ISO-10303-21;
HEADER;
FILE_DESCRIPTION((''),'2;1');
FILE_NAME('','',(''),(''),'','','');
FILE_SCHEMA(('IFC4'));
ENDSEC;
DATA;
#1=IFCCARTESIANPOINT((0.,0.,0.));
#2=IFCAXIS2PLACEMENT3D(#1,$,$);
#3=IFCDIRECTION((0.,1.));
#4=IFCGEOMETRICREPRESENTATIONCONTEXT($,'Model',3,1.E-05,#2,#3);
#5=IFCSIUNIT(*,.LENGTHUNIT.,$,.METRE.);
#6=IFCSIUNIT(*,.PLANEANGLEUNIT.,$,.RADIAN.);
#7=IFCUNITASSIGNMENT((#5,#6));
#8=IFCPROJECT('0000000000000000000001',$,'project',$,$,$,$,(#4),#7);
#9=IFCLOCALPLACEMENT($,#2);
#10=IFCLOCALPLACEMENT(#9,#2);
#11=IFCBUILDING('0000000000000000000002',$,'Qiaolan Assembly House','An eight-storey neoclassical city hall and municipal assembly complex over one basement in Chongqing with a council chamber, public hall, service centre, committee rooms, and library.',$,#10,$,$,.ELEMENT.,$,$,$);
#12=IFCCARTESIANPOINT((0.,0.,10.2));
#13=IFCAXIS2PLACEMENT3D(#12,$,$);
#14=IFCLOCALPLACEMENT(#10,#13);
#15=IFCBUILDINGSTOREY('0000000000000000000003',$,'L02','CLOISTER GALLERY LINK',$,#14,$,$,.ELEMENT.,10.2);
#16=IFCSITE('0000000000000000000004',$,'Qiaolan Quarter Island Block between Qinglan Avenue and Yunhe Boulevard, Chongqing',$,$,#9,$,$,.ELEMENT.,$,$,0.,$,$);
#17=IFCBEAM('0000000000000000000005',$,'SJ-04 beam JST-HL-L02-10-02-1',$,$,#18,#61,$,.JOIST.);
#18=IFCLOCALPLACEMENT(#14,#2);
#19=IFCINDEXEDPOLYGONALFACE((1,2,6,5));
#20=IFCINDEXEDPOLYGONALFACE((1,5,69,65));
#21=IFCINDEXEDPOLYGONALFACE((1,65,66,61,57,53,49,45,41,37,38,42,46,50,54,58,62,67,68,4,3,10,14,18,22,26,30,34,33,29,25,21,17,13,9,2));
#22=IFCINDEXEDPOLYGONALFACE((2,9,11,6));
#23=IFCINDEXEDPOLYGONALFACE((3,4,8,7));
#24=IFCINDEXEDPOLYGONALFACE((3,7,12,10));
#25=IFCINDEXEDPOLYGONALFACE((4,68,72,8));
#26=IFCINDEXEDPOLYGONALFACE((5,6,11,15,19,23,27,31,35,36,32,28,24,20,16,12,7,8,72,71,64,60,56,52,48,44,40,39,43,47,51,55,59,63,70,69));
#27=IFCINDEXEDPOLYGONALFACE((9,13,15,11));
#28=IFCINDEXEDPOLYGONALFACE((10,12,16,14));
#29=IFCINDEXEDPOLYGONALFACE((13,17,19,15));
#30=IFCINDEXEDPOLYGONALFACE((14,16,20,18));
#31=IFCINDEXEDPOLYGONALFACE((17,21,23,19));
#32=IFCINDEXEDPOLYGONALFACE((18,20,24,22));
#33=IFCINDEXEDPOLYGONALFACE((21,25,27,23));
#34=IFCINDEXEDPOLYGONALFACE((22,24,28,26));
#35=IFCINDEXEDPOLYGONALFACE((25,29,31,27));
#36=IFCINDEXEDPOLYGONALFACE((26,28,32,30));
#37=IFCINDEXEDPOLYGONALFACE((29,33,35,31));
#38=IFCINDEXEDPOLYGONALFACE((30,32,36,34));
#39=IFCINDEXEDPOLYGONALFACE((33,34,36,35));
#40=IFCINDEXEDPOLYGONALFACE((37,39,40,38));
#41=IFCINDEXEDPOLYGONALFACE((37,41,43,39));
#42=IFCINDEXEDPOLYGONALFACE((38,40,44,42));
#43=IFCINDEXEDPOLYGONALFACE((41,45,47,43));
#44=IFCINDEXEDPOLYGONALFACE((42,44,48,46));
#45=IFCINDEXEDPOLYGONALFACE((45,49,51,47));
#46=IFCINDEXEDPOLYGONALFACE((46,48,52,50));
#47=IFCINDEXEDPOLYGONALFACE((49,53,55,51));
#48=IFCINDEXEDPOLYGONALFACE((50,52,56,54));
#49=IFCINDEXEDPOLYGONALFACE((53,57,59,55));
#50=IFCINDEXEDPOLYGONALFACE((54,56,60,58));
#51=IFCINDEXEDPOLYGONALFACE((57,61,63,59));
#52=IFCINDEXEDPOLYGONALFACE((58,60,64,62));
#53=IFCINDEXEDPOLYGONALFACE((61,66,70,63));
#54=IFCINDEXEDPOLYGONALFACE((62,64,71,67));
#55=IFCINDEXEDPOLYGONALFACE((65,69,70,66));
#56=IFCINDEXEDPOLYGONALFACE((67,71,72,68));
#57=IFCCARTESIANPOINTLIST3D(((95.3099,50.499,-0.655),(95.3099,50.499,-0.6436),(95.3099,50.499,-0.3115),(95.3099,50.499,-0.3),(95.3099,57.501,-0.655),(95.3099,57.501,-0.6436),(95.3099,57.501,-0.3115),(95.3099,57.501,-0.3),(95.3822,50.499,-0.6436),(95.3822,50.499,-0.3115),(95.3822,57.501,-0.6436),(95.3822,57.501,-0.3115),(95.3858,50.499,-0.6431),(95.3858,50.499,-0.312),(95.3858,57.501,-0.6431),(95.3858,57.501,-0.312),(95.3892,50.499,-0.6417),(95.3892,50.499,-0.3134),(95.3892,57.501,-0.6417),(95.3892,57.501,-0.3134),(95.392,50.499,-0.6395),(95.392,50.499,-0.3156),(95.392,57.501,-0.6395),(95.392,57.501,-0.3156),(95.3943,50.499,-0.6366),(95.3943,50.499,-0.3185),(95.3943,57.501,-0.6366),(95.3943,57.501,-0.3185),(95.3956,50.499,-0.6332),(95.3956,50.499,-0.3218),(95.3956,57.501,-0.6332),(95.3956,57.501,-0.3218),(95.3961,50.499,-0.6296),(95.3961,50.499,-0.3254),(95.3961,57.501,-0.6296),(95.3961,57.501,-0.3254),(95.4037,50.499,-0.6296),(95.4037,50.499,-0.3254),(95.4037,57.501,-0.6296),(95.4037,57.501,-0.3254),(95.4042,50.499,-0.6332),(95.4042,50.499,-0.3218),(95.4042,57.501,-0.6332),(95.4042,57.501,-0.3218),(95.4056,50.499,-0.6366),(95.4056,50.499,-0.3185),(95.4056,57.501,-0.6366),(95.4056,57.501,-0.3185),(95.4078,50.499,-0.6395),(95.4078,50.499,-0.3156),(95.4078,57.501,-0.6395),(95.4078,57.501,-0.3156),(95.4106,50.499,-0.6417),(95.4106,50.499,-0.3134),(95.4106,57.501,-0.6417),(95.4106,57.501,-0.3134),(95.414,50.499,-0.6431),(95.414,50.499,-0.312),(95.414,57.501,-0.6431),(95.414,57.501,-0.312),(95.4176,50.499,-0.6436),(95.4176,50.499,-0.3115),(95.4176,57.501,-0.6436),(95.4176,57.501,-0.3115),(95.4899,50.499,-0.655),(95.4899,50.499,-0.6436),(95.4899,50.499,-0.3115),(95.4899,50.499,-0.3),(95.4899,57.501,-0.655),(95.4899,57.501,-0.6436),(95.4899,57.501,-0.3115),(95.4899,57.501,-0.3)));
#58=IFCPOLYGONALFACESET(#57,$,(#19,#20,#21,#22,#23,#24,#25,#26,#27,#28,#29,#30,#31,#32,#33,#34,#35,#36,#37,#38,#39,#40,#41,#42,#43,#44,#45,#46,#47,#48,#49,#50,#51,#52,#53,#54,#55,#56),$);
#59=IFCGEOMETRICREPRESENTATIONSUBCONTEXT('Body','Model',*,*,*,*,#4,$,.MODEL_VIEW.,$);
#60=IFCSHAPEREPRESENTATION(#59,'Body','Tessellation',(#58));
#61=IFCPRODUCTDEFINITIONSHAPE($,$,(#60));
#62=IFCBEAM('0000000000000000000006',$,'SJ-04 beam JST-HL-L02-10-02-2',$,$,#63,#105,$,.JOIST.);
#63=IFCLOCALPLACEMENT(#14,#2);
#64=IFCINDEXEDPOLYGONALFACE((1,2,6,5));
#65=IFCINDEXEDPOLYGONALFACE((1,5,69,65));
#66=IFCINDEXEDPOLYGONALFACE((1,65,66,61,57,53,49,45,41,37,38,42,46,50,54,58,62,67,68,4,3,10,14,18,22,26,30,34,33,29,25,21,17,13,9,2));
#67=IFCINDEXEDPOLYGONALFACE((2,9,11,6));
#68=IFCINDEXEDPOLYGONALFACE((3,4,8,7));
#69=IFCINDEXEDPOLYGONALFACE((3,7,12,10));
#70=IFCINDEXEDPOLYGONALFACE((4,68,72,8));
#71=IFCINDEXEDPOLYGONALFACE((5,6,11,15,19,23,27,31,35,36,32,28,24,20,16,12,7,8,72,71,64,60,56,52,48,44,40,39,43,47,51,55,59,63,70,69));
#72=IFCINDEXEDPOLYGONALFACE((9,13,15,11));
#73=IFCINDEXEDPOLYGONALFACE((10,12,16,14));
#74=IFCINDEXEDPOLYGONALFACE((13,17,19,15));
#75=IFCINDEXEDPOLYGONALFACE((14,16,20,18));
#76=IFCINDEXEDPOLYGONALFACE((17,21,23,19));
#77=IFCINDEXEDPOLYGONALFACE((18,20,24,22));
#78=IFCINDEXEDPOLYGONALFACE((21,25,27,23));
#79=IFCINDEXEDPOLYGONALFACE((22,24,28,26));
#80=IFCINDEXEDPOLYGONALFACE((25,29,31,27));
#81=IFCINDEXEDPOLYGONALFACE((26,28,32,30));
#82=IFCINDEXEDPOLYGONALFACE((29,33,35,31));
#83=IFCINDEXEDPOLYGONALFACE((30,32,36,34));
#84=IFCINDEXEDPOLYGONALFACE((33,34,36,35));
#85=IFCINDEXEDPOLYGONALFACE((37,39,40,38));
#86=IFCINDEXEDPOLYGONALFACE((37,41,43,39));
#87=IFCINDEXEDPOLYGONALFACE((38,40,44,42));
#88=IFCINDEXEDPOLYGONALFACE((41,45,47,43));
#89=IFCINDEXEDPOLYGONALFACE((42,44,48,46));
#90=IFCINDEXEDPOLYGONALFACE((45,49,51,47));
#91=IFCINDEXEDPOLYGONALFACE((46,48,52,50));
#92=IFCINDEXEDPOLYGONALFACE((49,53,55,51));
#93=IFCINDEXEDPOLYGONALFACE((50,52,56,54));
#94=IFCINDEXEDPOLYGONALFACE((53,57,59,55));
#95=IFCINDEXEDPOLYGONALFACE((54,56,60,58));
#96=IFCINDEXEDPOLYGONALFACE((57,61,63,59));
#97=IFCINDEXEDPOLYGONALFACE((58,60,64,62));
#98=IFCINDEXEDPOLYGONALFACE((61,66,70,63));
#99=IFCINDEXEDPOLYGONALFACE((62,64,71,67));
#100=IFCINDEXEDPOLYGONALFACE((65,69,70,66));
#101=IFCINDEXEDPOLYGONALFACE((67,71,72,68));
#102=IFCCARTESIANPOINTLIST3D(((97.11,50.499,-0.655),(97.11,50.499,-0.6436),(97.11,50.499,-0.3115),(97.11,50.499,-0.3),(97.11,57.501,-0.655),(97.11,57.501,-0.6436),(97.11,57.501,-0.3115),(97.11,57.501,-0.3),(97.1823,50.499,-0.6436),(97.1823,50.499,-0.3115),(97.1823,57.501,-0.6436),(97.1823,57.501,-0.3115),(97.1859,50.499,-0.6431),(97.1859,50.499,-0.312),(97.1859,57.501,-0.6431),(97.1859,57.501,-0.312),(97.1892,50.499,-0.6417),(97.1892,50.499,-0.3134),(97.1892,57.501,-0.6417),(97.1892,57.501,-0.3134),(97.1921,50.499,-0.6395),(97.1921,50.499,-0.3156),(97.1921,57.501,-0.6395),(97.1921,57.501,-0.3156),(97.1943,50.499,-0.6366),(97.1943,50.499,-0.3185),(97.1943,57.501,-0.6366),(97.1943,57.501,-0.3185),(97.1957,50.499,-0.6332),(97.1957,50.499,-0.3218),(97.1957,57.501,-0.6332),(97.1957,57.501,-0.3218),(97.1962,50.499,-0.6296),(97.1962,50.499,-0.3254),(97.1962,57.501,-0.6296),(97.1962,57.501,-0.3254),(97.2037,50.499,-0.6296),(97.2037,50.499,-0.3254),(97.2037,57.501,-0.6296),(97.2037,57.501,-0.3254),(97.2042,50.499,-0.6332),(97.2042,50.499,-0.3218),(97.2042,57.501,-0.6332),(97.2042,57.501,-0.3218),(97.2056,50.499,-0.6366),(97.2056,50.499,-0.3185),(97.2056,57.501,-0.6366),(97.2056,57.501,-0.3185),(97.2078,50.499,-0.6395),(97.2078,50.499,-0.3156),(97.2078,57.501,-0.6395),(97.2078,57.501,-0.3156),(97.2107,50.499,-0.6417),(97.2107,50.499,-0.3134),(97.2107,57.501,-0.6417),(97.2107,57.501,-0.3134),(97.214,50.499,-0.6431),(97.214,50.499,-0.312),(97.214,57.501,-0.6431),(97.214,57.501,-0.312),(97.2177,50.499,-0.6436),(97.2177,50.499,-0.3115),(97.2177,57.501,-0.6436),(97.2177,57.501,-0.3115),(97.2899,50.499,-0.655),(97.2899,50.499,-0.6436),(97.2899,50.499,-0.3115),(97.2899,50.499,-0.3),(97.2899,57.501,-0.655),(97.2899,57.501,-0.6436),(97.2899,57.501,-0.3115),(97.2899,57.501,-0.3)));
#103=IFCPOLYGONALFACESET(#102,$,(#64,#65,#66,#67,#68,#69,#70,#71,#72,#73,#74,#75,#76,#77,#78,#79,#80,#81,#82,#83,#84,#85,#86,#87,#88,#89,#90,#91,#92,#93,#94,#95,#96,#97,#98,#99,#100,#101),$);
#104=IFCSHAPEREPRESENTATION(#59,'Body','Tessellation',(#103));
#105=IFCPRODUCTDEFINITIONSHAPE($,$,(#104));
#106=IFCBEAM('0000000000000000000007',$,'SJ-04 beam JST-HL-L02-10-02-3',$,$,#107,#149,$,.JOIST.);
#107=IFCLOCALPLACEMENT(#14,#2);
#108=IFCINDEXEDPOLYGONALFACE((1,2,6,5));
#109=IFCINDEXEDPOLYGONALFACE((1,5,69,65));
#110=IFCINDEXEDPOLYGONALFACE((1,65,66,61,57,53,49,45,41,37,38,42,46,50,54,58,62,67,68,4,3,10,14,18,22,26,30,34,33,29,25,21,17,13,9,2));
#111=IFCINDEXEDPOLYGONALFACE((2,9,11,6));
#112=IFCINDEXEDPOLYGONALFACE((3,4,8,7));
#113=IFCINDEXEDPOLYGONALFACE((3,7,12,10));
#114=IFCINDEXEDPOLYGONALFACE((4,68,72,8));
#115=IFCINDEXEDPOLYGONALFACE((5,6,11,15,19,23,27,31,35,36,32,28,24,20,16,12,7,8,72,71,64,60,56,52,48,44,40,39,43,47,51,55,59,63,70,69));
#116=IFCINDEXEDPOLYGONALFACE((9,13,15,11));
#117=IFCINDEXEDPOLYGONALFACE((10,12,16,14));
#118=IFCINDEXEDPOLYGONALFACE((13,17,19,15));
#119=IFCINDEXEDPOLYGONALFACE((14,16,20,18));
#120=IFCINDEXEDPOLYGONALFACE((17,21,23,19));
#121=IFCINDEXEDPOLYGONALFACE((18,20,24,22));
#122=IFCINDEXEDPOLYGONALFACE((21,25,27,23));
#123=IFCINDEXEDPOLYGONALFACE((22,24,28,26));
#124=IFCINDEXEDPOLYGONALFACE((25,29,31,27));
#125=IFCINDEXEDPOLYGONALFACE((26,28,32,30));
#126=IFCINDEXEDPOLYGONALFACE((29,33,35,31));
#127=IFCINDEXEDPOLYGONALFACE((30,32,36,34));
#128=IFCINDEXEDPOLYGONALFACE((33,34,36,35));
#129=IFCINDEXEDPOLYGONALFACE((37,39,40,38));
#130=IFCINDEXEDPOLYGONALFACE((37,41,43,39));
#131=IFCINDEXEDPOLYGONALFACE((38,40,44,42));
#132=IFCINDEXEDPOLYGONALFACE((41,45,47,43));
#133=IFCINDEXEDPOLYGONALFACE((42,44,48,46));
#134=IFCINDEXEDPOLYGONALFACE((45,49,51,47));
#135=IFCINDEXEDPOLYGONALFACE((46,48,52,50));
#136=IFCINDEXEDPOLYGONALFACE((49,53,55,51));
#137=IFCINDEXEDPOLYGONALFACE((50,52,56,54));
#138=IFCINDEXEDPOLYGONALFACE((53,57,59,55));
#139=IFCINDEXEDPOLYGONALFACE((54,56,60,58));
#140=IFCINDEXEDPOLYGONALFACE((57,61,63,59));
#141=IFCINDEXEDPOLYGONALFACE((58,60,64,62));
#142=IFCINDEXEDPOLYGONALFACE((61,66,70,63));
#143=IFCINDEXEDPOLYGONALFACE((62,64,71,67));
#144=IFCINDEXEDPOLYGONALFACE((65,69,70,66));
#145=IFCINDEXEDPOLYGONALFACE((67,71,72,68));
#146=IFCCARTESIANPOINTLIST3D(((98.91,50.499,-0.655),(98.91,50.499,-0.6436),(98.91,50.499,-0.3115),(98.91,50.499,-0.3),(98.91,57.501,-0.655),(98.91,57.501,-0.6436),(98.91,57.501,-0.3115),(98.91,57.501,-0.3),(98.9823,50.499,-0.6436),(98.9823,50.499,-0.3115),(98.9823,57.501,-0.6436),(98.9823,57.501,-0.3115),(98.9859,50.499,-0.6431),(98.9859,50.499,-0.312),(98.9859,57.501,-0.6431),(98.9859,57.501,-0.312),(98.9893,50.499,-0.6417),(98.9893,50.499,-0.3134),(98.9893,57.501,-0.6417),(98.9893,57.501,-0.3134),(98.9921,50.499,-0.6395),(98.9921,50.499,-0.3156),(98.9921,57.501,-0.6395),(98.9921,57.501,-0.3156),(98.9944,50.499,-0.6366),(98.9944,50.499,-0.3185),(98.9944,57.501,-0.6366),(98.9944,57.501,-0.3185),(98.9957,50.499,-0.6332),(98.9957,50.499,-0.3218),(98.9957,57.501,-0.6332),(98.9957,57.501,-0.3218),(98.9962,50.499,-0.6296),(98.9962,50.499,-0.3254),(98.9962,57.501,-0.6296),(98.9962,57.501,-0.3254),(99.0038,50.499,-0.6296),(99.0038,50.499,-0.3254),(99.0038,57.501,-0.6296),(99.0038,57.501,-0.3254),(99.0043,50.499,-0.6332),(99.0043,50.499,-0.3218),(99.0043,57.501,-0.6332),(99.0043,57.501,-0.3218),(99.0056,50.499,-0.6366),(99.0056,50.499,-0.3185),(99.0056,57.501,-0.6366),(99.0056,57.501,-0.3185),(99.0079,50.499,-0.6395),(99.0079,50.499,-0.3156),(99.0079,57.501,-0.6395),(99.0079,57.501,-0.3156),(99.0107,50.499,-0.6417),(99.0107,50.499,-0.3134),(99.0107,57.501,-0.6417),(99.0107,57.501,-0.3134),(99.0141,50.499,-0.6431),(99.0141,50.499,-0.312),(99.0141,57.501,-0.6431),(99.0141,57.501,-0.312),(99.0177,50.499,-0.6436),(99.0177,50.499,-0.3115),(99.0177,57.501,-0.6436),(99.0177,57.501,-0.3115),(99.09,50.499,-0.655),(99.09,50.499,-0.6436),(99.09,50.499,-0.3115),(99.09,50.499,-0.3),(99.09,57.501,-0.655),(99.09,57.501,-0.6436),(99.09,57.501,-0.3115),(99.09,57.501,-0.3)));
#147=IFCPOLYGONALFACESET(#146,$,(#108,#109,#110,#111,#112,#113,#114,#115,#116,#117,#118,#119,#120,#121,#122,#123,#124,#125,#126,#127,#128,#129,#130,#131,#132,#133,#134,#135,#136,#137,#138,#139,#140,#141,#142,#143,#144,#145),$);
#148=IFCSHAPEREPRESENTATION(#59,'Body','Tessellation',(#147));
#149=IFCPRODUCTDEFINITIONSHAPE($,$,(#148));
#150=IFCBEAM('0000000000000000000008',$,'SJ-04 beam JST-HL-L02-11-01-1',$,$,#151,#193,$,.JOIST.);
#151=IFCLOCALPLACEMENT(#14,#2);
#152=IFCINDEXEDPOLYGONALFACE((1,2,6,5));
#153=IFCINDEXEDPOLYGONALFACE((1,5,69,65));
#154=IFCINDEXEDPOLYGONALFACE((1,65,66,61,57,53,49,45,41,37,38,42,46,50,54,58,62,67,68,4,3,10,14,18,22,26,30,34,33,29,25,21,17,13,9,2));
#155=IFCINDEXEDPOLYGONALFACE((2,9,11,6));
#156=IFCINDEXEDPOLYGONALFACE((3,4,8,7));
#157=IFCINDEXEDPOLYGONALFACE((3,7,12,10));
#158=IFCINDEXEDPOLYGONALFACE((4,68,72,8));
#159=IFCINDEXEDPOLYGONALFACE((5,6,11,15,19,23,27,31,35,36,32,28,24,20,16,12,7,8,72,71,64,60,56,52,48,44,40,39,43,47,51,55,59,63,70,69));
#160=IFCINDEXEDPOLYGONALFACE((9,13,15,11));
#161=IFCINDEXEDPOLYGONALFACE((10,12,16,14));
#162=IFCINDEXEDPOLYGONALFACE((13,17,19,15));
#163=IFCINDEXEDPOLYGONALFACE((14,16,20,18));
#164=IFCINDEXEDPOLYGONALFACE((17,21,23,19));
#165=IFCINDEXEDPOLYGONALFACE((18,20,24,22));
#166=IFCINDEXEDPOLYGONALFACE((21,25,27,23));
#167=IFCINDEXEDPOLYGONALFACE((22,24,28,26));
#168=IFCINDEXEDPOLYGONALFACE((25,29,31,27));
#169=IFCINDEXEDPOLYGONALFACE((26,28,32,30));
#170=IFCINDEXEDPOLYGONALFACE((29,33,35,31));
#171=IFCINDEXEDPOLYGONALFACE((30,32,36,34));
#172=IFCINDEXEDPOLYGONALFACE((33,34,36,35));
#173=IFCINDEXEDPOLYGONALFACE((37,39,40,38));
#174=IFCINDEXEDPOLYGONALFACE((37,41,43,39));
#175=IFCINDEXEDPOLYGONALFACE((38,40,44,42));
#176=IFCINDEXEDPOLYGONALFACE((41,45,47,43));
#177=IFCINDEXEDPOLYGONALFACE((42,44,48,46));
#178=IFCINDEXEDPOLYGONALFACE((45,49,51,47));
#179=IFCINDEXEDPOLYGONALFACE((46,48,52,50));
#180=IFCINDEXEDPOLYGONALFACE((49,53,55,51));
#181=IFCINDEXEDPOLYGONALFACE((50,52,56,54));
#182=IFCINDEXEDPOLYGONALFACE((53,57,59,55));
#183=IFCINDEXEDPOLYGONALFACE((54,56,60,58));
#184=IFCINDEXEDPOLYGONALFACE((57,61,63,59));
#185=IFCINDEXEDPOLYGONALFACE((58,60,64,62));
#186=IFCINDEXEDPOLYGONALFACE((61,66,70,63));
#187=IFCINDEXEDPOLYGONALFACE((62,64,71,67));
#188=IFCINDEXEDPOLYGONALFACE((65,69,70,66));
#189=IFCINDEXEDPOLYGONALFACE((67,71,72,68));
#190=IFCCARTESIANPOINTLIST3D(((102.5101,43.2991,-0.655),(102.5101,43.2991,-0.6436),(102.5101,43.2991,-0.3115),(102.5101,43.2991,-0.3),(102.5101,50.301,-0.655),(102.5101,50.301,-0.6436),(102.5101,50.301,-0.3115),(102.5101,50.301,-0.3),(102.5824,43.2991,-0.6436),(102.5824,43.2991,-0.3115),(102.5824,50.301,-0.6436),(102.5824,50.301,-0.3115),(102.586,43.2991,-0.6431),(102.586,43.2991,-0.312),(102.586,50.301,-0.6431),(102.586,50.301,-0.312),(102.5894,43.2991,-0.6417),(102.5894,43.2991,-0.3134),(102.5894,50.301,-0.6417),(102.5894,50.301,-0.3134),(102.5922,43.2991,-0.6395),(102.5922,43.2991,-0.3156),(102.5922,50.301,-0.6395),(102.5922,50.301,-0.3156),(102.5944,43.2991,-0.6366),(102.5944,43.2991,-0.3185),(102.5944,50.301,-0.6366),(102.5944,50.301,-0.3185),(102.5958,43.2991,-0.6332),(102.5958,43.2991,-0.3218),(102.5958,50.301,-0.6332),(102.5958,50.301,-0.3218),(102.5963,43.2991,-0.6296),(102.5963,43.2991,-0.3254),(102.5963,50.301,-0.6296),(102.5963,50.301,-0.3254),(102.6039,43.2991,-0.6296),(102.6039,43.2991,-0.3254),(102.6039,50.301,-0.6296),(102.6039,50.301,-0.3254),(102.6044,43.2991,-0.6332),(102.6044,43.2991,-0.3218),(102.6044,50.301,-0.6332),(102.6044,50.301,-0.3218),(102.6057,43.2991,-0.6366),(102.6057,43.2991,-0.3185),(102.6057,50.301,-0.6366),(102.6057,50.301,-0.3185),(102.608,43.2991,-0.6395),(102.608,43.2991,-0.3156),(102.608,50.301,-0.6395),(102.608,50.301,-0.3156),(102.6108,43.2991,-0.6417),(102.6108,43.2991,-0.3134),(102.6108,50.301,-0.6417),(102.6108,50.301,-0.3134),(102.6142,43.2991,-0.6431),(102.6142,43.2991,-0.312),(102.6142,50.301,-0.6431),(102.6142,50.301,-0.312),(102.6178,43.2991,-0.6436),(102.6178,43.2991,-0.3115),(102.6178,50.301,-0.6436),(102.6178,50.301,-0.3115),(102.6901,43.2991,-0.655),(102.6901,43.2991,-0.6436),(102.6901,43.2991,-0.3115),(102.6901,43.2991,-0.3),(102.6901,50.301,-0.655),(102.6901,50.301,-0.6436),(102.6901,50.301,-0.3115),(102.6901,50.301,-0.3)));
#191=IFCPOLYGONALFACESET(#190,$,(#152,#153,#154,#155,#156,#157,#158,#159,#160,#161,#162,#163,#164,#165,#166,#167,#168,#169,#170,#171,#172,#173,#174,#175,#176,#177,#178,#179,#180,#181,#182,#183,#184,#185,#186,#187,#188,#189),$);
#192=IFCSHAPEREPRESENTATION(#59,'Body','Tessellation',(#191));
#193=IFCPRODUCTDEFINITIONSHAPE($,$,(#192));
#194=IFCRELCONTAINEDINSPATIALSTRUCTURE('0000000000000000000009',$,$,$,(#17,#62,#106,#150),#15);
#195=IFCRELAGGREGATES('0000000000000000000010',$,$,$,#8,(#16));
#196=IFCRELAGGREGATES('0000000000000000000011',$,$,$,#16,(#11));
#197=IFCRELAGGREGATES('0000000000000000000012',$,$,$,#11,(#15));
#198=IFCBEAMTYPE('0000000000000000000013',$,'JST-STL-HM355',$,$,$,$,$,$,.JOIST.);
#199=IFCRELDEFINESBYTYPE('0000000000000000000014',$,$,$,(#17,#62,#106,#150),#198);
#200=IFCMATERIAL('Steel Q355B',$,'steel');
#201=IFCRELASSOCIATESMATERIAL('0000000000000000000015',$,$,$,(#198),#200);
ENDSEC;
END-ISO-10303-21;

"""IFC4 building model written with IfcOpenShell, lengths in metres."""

from ifc_helpers import new_model, si_unit, direction, frame, origin, origin_2d, place, context, subcontext, project, spatial, i_section, extrude, material, material_profile, profile_set, type_object, element, save


model = new_model("IFC4")

# Units and contexts
model_context = context("Model", 3, precision=1e-05, world=origin(), true_north=direction((0.0, 1.0)))
body_context = subcontext(model_context, "Body", "Model", "MODEL_VIEW")
ifc_project = project(units=[si_unit("LENGTHUNIT", "METRE"), si_unit("PLANEANGLEUNIT", "RADIAN")], contexts=[model_context])

# Site, building, storey
site_placement = place(None, origin())
site = spatial("IfcSite", under=ifc_project, at=site_placement, Name="Qiaolan Quarter Island Block between Qinglan Avenue and Yunhe Boulevard, Chongqing", CompositionType="ELEMENT", RefElevation=0.0)
building_placement = place(site_placement, origin())
building = spatial("IfcBuilding", under=site, at=building_placement, Name="Qiaolan Assembly House", Description="An eight-storey neoclassical city hall and municipal assembly complex over one basement in Chongqing with a council chamber, public hall, service centre, committee rooms, and library.", CompositionType="ELEMENT")
storey_placement = place(building_placement, frame((0.0, 0.0, 10.2)))
storey = spatial("IfcBuildingStorey", under=building, at=storey_placement, Name="L02", Description="CLOISTER GALLERY LINK", CompositionType="ELEMENT", Elevation=10.2)

# Shared definitions
ifc_material_1 = material(Name="Steel Q355B", Category="steel")

# Beams
ifc_material_profile_1 = material_profile(ifc_material_1, i_section(OverallWidth=0.1799, OverallDepth=0.355, WebThickness=0.0076, FlangeThickness=0.0115, FilletRadius=0.0139, at=origin_2d()), Name="HM 355x180x7.5x11.5")
ifc_profile_set_1 = profile_set([ifc_material_profile_1], Name="Steel Q355B")
beam_type_1 = type_object("IfcBeamType", Name="JST-STL-HM355", PredefinedType="JOIST", material=ifc_profile_set_1)
for number, where, z_axis, x_axis, name in (
    (1, (95.3999, 50.499, -0.4775), (0.0, 1.0, 0.0), (-1.0, 0.0, 0.0), "SJ-04 beam JST-HL-L02-10-02-1"),
    (2, (97.2, 50.499, -0.4775), (0.0, 1.0, 0.0), (-1.0, 0.0, 0.0), "SJ-04 beam JST-HL-L02-10-02-2"),
    (3, (99.0, 50.499, -0.4775), (0.0, 1.0, 0.0), (-1.0, 0.0, 0.0), "SJ-04 beam JST-HL-L02-10-02-3"),
    (4, (102.6001, 43.2991, -0.4775), (0.0, 1.0, 0.0), (-1.0, 0.0, 0.0), "SJ-04 beam JST-HL-L02-11-01-1"),
):
    element("IfcBeam", number, at=place(storey_placement, frame(where, z_axis=z_axis, x_axis=x_axis)), inside=storey, type_object=beam_type_1, Name=name, PredefinedType="JOIST", context=body_context, shape_type="SweptSolid", body=[
        extrude(i_section(OverallWidth=0.1799, OverallDepth=0.355, WebThickness=0.0076, FlangeThickness=0.0115, FilletRadius=0.0139, at=origin_2d()), origin(), (0.0, 0.0, 1.0), 7.002),
    ])

save(model, "model.ifc")
